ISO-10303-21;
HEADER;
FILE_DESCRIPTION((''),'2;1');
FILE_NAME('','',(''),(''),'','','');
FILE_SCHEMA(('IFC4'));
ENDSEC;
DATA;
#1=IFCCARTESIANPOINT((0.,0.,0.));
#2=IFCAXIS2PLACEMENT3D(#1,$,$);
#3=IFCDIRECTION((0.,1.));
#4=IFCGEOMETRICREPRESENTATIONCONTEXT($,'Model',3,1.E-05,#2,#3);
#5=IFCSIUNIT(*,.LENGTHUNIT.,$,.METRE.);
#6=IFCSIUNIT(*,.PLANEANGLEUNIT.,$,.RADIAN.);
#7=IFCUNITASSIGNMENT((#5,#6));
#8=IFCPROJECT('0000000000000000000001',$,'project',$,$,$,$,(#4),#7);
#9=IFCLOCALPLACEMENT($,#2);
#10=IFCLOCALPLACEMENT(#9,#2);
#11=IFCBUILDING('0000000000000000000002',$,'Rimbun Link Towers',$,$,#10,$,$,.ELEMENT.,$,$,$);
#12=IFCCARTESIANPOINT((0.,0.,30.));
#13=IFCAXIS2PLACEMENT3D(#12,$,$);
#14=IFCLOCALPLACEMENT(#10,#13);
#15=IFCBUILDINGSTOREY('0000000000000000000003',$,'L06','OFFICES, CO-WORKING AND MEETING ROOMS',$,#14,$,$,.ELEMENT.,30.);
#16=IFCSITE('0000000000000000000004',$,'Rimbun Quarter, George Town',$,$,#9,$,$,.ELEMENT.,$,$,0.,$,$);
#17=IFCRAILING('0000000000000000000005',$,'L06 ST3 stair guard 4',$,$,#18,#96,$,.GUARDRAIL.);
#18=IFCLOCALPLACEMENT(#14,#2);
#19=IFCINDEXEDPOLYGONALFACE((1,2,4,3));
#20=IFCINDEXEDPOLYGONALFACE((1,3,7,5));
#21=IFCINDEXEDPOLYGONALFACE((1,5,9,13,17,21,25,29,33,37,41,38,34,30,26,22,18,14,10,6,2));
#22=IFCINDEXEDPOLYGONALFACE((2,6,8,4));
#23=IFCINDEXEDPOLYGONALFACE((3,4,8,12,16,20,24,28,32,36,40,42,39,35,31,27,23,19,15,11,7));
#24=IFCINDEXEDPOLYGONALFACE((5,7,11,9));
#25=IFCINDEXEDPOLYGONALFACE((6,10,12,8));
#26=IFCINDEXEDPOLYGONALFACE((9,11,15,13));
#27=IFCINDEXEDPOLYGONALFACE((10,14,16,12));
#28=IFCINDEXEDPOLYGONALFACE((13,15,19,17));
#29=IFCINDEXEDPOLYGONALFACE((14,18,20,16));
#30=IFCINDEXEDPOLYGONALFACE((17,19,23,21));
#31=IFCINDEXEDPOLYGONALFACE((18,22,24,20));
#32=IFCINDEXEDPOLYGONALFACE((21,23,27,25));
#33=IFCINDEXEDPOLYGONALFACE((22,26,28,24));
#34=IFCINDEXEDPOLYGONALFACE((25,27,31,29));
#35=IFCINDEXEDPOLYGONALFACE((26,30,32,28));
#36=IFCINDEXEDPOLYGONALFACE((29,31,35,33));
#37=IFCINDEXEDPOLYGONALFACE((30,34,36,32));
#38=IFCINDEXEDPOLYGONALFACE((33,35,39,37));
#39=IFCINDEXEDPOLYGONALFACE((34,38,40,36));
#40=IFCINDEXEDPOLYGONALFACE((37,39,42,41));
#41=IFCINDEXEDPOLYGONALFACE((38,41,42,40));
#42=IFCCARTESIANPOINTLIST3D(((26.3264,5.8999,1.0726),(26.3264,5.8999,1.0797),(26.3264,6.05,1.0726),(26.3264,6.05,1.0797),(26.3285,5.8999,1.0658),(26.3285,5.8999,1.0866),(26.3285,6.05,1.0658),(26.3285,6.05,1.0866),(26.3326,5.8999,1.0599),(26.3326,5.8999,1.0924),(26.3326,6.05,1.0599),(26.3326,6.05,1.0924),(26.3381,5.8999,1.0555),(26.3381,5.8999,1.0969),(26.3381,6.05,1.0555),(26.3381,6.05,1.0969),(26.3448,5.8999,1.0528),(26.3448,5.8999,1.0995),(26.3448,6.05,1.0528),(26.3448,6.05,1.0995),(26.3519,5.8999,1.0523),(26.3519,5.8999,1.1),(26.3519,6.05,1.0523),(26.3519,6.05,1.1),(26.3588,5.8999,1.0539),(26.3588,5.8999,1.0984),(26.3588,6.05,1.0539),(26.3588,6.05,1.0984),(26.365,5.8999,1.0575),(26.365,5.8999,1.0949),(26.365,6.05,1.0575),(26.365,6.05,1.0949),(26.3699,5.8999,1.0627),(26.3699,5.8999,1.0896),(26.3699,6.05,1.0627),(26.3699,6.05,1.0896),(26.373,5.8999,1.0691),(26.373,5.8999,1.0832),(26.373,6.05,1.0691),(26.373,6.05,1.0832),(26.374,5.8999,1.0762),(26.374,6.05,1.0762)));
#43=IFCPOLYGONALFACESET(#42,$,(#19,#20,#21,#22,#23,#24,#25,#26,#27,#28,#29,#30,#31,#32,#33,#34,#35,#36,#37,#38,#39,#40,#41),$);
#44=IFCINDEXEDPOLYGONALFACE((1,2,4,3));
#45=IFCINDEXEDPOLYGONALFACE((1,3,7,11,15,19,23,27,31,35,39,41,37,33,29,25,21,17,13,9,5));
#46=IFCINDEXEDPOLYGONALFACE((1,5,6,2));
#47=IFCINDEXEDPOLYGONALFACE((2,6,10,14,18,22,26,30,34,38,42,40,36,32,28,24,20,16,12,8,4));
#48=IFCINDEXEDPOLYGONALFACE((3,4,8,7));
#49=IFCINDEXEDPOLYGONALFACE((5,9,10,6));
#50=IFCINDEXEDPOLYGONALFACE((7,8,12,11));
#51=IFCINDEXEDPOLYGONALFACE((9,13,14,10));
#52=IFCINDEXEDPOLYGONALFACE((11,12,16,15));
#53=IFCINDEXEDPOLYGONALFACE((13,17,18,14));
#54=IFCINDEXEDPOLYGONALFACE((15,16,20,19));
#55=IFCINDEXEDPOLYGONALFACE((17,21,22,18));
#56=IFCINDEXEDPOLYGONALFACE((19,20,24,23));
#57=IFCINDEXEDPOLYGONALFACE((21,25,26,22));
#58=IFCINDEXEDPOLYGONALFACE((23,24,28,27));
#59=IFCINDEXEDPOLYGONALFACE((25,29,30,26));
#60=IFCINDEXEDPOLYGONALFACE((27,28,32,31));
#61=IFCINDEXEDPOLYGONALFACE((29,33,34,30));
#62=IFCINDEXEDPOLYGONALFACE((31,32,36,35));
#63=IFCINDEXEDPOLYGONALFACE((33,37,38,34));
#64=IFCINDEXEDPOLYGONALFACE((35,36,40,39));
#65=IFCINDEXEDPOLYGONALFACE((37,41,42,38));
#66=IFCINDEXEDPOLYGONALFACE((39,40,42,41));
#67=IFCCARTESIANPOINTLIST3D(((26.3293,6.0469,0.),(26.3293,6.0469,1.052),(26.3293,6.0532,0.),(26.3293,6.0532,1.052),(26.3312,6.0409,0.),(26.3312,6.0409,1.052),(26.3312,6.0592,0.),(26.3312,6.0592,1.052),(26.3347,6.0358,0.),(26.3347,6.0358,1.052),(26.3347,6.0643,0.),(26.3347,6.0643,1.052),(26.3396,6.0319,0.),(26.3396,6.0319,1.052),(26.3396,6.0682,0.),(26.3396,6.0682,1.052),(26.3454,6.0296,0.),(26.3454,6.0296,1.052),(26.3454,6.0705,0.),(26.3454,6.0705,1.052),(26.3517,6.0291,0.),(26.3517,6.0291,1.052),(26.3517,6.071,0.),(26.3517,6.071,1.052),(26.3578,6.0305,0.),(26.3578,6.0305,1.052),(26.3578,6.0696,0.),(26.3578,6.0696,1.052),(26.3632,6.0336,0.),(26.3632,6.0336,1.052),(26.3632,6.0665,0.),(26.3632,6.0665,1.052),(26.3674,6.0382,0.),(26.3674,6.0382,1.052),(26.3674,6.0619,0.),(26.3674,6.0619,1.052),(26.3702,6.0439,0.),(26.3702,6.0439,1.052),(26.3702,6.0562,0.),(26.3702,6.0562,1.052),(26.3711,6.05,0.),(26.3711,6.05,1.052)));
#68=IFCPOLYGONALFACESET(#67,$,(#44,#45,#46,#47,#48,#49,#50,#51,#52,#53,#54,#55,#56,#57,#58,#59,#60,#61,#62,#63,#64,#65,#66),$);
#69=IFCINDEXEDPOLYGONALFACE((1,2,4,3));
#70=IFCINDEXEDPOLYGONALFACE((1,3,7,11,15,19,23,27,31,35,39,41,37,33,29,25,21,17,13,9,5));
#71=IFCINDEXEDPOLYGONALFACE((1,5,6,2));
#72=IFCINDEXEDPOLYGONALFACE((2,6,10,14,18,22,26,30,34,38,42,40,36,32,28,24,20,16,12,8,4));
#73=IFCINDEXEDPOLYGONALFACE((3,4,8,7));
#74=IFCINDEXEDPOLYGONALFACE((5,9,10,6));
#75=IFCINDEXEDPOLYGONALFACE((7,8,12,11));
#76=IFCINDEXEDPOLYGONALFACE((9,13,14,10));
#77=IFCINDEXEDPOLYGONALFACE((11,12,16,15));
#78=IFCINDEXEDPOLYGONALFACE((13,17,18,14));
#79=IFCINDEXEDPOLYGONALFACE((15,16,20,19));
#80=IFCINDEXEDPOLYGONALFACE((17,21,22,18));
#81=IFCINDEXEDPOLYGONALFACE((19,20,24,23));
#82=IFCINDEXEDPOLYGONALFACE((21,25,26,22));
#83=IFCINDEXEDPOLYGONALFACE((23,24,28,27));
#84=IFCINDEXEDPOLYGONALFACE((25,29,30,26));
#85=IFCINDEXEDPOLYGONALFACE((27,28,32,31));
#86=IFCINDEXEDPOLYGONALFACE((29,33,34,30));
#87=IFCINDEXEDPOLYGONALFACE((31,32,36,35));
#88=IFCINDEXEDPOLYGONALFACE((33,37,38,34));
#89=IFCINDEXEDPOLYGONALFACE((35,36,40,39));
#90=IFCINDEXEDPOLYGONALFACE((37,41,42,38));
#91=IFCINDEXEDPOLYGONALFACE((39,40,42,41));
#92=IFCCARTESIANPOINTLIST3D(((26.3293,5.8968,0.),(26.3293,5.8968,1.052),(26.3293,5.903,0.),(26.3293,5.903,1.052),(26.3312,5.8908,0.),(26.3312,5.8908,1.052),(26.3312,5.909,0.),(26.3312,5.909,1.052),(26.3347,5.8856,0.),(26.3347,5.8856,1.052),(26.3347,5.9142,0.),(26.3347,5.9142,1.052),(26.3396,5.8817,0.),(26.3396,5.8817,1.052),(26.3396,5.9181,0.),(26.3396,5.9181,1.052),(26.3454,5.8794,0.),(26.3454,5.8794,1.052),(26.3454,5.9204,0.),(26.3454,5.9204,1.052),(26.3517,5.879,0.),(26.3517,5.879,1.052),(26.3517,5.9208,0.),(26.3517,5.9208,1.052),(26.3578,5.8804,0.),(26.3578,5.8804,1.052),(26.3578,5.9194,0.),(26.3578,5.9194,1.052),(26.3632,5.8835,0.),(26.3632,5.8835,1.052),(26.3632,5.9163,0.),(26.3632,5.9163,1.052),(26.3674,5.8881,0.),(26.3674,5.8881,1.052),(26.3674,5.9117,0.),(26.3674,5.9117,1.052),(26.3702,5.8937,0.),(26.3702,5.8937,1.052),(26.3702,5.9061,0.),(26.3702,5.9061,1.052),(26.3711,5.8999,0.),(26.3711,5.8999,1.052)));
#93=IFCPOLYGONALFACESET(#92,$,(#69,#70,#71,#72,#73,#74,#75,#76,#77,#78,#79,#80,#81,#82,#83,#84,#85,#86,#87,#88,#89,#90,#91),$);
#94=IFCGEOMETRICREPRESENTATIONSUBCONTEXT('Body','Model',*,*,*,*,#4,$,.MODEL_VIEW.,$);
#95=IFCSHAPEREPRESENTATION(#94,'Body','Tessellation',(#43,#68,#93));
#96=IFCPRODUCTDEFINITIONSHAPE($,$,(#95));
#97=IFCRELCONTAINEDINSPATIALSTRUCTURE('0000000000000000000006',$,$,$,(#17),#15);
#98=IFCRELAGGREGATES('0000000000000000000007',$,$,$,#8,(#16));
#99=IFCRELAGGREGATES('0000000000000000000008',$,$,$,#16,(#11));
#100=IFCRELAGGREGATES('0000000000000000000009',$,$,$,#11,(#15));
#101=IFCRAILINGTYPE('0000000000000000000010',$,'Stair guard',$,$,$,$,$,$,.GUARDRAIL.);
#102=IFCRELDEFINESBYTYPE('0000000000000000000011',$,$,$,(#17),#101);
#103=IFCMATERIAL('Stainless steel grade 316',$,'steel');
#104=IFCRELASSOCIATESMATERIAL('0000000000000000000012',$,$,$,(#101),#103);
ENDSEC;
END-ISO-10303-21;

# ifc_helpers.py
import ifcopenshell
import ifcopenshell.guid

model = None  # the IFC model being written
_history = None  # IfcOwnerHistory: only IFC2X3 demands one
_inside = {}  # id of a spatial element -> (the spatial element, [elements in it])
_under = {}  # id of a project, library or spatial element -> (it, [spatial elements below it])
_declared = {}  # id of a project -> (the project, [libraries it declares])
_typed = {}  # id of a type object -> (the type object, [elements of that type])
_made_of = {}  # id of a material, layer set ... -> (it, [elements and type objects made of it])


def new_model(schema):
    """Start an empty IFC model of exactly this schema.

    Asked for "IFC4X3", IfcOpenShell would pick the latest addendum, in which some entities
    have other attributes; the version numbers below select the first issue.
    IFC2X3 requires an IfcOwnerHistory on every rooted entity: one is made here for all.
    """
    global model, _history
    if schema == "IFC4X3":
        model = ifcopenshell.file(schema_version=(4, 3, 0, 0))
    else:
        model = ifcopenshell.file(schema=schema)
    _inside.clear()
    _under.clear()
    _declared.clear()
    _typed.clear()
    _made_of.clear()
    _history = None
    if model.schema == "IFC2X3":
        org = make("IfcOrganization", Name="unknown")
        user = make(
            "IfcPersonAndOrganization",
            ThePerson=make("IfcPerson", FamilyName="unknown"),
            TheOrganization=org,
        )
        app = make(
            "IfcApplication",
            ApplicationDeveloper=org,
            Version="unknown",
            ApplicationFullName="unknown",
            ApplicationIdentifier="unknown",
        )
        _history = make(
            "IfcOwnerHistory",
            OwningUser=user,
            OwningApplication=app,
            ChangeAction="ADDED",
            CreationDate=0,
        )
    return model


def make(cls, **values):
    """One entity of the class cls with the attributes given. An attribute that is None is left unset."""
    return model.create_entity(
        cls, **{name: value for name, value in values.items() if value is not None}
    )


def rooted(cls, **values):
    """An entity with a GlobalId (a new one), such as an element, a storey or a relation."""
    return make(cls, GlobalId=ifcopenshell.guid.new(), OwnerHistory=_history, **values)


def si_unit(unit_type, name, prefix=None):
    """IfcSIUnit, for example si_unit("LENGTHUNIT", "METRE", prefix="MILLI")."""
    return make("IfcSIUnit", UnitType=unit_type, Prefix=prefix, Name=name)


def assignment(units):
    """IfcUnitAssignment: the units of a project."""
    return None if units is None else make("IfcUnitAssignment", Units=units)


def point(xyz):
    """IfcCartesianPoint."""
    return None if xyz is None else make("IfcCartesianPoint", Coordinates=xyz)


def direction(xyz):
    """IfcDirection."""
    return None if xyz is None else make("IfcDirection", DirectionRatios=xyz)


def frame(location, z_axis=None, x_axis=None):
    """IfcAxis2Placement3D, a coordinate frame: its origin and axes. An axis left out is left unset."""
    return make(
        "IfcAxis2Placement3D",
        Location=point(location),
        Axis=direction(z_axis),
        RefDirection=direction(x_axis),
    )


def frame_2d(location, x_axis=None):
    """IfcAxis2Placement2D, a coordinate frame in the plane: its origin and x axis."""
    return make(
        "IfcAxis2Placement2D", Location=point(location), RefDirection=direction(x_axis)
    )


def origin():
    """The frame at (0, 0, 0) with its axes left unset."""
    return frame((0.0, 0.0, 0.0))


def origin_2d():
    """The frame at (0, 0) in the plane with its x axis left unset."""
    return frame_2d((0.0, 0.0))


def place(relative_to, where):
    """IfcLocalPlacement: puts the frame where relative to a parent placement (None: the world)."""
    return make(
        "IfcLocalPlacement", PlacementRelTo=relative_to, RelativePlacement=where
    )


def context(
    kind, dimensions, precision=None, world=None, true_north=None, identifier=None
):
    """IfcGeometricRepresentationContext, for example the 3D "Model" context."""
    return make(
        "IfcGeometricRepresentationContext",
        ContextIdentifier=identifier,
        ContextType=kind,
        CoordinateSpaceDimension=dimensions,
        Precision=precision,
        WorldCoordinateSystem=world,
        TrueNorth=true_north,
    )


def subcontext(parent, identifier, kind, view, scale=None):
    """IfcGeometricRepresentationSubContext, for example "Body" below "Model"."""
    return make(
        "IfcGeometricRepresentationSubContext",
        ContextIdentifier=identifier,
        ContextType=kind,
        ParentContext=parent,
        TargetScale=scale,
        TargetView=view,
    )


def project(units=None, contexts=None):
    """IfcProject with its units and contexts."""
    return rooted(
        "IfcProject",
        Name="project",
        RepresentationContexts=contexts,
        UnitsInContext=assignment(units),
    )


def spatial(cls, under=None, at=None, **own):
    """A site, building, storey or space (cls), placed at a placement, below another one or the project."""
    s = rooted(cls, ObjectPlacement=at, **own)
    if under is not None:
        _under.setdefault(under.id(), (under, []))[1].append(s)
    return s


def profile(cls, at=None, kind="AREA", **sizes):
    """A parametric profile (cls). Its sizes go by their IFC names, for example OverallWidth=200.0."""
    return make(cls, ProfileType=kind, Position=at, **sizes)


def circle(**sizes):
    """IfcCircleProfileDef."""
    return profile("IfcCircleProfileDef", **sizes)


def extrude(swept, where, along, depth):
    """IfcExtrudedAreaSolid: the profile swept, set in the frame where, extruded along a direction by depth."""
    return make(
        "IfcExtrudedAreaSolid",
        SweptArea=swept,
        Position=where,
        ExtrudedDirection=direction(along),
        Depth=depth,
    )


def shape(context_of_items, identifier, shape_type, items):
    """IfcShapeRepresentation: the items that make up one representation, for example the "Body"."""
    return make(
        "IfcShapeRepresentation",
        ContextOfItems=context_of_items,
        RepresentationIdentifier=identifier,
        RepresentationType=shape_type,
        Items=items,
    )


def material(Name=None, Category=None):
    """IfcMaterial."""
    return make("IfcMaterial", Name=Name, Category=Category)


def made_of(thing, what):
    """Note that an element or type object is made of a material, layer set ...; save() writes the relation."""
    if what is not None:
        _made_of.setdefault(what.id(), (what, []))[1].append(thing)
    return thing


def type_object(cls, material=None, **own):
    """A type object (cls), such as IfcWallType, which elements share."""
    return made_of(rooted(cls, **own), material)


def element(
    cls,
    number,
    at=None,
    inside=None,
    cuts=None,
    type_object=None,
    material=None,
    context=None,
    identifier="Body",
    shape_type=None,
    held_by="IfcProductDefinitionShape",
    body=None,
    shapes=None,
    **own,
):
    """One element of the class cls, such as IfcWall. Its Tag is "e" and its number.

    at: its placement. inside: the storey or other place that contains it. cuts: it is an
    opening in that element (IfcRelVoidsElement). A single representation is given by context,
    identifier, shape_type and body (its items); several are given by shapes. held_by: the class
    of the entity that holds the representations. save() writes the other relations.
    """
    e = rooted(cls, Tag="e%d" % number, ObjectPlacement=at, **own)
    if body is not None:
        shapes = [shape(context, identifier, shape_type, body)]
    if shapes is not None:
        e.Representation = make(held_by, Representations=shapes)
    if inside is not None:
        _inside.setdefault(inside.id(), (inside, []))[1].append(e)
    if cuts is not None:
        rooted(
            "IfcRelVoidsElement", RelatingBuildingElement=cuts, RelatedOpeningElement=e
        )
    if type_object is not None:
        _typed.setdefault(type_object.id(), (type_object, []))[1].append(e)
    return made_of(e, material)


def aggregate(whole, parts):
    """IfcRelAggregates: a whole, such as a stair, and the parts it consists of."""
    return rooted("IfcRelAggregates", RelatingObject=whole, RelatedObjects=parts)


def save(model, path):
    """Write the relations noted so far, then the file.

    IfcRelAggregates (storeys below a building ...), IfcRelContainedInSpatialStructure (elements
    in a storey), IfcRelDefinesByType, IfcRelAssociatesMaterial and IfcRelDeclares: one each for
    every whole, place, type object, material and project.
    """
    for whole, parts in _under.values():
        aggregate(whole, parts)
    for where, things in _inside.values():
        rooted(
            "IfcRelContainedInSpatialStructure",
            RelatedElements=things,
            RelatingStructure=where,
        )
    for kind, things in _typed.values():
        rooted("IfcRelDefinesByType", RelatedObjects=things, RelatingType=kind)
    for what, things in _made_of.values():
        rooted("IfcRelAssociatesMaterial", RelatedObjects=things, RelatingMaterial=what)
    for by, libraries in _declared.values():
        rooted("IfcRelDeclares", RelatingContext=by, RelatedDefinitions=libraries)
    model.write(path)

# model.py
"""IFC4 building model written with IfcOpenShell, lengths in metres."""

from ifc_helpers import new_model, si_unit, direction, frame, origin, origin_2d, place, context, subcontext, project, spatial, circle, extrude, material, type_object, element, save


model = new_model("IFC4")

# Units and contexts
model_context = context("Model", 3, precision=1e-05, world=origin(), true_north=direction((0.0, 1.0)))
body_context = subcontext(model_context, "Body", "Model", "MODEL_VIEW")
ifc_project = project(units=[si_unit("LENGTHUNIT", "METRE"), si_unit("PLANEANGLEUNIT", "RADIAN")], contexts=[model_context])

# Site, building, storey
site_placement = place(None, origin())
site = spatial("IfcSite", under=ifc_project, at=site_placement, Name="Rimbun Quarter, George Town", CompositionType="ELEMENT", RefElevation=0.0)
building_placement = place(site_placement, origin())
building = spatial("IfcBuilding", under=site, at=building_placement, Name="Rimbun Link Towers", CompositionType="ELEMENT")
storey_placement = place(building_placement, frame((0.0, 0.0, 30.0)))
storey = spatial("IfcBuildingStorey", under=building, at=storey_placement, Name="L06", Description="OFFICES, CO-WORKING AND MEETING ROOMS", CompositionType="ELEMENT", Elevation=30.0)

# Railing
ifc_material_1 = material(Name="Stainless steel grade 316", Category="steel")
railing_type_1 = type_object("IfcRailingType", Name="Stair guard", PredefinedType="GUARDRAIL", material=ifc_material_1)
railing_1_placement = place(storey_placement, frame((26.3501, 6.05, 0.0)))
element("IfcRailing", 1, at=railing_1_placement, inside=storey, type_object=railing_type_1, Name="L06 ST3 stair guard 4", PredefinedType="GUARDRAIL", context=body_context, shape_type="SweptSolid", body=[
    extrude(circle(Radius=0.0239, at=origin_2d()), frame((0.0, 0.0, 1.0762), z_axis=(0.0, -1.0, 0.0), x_axis=(1.0, 0.0, 0.0)), (0.0, 0.0, 1.0), 0.1501),
    extrude(circle(Radius=0.021, at=origin_2d()), origin(), (0.0, 0.0, 1.0), 1.052),
    extrude(circle(Radius=0.021, at=origin_2d()), frame((0.0, -0.1501, 0.0)), (0.0, 0.0, 1.0), 1.052),
])

save(model, "model.ifc")
